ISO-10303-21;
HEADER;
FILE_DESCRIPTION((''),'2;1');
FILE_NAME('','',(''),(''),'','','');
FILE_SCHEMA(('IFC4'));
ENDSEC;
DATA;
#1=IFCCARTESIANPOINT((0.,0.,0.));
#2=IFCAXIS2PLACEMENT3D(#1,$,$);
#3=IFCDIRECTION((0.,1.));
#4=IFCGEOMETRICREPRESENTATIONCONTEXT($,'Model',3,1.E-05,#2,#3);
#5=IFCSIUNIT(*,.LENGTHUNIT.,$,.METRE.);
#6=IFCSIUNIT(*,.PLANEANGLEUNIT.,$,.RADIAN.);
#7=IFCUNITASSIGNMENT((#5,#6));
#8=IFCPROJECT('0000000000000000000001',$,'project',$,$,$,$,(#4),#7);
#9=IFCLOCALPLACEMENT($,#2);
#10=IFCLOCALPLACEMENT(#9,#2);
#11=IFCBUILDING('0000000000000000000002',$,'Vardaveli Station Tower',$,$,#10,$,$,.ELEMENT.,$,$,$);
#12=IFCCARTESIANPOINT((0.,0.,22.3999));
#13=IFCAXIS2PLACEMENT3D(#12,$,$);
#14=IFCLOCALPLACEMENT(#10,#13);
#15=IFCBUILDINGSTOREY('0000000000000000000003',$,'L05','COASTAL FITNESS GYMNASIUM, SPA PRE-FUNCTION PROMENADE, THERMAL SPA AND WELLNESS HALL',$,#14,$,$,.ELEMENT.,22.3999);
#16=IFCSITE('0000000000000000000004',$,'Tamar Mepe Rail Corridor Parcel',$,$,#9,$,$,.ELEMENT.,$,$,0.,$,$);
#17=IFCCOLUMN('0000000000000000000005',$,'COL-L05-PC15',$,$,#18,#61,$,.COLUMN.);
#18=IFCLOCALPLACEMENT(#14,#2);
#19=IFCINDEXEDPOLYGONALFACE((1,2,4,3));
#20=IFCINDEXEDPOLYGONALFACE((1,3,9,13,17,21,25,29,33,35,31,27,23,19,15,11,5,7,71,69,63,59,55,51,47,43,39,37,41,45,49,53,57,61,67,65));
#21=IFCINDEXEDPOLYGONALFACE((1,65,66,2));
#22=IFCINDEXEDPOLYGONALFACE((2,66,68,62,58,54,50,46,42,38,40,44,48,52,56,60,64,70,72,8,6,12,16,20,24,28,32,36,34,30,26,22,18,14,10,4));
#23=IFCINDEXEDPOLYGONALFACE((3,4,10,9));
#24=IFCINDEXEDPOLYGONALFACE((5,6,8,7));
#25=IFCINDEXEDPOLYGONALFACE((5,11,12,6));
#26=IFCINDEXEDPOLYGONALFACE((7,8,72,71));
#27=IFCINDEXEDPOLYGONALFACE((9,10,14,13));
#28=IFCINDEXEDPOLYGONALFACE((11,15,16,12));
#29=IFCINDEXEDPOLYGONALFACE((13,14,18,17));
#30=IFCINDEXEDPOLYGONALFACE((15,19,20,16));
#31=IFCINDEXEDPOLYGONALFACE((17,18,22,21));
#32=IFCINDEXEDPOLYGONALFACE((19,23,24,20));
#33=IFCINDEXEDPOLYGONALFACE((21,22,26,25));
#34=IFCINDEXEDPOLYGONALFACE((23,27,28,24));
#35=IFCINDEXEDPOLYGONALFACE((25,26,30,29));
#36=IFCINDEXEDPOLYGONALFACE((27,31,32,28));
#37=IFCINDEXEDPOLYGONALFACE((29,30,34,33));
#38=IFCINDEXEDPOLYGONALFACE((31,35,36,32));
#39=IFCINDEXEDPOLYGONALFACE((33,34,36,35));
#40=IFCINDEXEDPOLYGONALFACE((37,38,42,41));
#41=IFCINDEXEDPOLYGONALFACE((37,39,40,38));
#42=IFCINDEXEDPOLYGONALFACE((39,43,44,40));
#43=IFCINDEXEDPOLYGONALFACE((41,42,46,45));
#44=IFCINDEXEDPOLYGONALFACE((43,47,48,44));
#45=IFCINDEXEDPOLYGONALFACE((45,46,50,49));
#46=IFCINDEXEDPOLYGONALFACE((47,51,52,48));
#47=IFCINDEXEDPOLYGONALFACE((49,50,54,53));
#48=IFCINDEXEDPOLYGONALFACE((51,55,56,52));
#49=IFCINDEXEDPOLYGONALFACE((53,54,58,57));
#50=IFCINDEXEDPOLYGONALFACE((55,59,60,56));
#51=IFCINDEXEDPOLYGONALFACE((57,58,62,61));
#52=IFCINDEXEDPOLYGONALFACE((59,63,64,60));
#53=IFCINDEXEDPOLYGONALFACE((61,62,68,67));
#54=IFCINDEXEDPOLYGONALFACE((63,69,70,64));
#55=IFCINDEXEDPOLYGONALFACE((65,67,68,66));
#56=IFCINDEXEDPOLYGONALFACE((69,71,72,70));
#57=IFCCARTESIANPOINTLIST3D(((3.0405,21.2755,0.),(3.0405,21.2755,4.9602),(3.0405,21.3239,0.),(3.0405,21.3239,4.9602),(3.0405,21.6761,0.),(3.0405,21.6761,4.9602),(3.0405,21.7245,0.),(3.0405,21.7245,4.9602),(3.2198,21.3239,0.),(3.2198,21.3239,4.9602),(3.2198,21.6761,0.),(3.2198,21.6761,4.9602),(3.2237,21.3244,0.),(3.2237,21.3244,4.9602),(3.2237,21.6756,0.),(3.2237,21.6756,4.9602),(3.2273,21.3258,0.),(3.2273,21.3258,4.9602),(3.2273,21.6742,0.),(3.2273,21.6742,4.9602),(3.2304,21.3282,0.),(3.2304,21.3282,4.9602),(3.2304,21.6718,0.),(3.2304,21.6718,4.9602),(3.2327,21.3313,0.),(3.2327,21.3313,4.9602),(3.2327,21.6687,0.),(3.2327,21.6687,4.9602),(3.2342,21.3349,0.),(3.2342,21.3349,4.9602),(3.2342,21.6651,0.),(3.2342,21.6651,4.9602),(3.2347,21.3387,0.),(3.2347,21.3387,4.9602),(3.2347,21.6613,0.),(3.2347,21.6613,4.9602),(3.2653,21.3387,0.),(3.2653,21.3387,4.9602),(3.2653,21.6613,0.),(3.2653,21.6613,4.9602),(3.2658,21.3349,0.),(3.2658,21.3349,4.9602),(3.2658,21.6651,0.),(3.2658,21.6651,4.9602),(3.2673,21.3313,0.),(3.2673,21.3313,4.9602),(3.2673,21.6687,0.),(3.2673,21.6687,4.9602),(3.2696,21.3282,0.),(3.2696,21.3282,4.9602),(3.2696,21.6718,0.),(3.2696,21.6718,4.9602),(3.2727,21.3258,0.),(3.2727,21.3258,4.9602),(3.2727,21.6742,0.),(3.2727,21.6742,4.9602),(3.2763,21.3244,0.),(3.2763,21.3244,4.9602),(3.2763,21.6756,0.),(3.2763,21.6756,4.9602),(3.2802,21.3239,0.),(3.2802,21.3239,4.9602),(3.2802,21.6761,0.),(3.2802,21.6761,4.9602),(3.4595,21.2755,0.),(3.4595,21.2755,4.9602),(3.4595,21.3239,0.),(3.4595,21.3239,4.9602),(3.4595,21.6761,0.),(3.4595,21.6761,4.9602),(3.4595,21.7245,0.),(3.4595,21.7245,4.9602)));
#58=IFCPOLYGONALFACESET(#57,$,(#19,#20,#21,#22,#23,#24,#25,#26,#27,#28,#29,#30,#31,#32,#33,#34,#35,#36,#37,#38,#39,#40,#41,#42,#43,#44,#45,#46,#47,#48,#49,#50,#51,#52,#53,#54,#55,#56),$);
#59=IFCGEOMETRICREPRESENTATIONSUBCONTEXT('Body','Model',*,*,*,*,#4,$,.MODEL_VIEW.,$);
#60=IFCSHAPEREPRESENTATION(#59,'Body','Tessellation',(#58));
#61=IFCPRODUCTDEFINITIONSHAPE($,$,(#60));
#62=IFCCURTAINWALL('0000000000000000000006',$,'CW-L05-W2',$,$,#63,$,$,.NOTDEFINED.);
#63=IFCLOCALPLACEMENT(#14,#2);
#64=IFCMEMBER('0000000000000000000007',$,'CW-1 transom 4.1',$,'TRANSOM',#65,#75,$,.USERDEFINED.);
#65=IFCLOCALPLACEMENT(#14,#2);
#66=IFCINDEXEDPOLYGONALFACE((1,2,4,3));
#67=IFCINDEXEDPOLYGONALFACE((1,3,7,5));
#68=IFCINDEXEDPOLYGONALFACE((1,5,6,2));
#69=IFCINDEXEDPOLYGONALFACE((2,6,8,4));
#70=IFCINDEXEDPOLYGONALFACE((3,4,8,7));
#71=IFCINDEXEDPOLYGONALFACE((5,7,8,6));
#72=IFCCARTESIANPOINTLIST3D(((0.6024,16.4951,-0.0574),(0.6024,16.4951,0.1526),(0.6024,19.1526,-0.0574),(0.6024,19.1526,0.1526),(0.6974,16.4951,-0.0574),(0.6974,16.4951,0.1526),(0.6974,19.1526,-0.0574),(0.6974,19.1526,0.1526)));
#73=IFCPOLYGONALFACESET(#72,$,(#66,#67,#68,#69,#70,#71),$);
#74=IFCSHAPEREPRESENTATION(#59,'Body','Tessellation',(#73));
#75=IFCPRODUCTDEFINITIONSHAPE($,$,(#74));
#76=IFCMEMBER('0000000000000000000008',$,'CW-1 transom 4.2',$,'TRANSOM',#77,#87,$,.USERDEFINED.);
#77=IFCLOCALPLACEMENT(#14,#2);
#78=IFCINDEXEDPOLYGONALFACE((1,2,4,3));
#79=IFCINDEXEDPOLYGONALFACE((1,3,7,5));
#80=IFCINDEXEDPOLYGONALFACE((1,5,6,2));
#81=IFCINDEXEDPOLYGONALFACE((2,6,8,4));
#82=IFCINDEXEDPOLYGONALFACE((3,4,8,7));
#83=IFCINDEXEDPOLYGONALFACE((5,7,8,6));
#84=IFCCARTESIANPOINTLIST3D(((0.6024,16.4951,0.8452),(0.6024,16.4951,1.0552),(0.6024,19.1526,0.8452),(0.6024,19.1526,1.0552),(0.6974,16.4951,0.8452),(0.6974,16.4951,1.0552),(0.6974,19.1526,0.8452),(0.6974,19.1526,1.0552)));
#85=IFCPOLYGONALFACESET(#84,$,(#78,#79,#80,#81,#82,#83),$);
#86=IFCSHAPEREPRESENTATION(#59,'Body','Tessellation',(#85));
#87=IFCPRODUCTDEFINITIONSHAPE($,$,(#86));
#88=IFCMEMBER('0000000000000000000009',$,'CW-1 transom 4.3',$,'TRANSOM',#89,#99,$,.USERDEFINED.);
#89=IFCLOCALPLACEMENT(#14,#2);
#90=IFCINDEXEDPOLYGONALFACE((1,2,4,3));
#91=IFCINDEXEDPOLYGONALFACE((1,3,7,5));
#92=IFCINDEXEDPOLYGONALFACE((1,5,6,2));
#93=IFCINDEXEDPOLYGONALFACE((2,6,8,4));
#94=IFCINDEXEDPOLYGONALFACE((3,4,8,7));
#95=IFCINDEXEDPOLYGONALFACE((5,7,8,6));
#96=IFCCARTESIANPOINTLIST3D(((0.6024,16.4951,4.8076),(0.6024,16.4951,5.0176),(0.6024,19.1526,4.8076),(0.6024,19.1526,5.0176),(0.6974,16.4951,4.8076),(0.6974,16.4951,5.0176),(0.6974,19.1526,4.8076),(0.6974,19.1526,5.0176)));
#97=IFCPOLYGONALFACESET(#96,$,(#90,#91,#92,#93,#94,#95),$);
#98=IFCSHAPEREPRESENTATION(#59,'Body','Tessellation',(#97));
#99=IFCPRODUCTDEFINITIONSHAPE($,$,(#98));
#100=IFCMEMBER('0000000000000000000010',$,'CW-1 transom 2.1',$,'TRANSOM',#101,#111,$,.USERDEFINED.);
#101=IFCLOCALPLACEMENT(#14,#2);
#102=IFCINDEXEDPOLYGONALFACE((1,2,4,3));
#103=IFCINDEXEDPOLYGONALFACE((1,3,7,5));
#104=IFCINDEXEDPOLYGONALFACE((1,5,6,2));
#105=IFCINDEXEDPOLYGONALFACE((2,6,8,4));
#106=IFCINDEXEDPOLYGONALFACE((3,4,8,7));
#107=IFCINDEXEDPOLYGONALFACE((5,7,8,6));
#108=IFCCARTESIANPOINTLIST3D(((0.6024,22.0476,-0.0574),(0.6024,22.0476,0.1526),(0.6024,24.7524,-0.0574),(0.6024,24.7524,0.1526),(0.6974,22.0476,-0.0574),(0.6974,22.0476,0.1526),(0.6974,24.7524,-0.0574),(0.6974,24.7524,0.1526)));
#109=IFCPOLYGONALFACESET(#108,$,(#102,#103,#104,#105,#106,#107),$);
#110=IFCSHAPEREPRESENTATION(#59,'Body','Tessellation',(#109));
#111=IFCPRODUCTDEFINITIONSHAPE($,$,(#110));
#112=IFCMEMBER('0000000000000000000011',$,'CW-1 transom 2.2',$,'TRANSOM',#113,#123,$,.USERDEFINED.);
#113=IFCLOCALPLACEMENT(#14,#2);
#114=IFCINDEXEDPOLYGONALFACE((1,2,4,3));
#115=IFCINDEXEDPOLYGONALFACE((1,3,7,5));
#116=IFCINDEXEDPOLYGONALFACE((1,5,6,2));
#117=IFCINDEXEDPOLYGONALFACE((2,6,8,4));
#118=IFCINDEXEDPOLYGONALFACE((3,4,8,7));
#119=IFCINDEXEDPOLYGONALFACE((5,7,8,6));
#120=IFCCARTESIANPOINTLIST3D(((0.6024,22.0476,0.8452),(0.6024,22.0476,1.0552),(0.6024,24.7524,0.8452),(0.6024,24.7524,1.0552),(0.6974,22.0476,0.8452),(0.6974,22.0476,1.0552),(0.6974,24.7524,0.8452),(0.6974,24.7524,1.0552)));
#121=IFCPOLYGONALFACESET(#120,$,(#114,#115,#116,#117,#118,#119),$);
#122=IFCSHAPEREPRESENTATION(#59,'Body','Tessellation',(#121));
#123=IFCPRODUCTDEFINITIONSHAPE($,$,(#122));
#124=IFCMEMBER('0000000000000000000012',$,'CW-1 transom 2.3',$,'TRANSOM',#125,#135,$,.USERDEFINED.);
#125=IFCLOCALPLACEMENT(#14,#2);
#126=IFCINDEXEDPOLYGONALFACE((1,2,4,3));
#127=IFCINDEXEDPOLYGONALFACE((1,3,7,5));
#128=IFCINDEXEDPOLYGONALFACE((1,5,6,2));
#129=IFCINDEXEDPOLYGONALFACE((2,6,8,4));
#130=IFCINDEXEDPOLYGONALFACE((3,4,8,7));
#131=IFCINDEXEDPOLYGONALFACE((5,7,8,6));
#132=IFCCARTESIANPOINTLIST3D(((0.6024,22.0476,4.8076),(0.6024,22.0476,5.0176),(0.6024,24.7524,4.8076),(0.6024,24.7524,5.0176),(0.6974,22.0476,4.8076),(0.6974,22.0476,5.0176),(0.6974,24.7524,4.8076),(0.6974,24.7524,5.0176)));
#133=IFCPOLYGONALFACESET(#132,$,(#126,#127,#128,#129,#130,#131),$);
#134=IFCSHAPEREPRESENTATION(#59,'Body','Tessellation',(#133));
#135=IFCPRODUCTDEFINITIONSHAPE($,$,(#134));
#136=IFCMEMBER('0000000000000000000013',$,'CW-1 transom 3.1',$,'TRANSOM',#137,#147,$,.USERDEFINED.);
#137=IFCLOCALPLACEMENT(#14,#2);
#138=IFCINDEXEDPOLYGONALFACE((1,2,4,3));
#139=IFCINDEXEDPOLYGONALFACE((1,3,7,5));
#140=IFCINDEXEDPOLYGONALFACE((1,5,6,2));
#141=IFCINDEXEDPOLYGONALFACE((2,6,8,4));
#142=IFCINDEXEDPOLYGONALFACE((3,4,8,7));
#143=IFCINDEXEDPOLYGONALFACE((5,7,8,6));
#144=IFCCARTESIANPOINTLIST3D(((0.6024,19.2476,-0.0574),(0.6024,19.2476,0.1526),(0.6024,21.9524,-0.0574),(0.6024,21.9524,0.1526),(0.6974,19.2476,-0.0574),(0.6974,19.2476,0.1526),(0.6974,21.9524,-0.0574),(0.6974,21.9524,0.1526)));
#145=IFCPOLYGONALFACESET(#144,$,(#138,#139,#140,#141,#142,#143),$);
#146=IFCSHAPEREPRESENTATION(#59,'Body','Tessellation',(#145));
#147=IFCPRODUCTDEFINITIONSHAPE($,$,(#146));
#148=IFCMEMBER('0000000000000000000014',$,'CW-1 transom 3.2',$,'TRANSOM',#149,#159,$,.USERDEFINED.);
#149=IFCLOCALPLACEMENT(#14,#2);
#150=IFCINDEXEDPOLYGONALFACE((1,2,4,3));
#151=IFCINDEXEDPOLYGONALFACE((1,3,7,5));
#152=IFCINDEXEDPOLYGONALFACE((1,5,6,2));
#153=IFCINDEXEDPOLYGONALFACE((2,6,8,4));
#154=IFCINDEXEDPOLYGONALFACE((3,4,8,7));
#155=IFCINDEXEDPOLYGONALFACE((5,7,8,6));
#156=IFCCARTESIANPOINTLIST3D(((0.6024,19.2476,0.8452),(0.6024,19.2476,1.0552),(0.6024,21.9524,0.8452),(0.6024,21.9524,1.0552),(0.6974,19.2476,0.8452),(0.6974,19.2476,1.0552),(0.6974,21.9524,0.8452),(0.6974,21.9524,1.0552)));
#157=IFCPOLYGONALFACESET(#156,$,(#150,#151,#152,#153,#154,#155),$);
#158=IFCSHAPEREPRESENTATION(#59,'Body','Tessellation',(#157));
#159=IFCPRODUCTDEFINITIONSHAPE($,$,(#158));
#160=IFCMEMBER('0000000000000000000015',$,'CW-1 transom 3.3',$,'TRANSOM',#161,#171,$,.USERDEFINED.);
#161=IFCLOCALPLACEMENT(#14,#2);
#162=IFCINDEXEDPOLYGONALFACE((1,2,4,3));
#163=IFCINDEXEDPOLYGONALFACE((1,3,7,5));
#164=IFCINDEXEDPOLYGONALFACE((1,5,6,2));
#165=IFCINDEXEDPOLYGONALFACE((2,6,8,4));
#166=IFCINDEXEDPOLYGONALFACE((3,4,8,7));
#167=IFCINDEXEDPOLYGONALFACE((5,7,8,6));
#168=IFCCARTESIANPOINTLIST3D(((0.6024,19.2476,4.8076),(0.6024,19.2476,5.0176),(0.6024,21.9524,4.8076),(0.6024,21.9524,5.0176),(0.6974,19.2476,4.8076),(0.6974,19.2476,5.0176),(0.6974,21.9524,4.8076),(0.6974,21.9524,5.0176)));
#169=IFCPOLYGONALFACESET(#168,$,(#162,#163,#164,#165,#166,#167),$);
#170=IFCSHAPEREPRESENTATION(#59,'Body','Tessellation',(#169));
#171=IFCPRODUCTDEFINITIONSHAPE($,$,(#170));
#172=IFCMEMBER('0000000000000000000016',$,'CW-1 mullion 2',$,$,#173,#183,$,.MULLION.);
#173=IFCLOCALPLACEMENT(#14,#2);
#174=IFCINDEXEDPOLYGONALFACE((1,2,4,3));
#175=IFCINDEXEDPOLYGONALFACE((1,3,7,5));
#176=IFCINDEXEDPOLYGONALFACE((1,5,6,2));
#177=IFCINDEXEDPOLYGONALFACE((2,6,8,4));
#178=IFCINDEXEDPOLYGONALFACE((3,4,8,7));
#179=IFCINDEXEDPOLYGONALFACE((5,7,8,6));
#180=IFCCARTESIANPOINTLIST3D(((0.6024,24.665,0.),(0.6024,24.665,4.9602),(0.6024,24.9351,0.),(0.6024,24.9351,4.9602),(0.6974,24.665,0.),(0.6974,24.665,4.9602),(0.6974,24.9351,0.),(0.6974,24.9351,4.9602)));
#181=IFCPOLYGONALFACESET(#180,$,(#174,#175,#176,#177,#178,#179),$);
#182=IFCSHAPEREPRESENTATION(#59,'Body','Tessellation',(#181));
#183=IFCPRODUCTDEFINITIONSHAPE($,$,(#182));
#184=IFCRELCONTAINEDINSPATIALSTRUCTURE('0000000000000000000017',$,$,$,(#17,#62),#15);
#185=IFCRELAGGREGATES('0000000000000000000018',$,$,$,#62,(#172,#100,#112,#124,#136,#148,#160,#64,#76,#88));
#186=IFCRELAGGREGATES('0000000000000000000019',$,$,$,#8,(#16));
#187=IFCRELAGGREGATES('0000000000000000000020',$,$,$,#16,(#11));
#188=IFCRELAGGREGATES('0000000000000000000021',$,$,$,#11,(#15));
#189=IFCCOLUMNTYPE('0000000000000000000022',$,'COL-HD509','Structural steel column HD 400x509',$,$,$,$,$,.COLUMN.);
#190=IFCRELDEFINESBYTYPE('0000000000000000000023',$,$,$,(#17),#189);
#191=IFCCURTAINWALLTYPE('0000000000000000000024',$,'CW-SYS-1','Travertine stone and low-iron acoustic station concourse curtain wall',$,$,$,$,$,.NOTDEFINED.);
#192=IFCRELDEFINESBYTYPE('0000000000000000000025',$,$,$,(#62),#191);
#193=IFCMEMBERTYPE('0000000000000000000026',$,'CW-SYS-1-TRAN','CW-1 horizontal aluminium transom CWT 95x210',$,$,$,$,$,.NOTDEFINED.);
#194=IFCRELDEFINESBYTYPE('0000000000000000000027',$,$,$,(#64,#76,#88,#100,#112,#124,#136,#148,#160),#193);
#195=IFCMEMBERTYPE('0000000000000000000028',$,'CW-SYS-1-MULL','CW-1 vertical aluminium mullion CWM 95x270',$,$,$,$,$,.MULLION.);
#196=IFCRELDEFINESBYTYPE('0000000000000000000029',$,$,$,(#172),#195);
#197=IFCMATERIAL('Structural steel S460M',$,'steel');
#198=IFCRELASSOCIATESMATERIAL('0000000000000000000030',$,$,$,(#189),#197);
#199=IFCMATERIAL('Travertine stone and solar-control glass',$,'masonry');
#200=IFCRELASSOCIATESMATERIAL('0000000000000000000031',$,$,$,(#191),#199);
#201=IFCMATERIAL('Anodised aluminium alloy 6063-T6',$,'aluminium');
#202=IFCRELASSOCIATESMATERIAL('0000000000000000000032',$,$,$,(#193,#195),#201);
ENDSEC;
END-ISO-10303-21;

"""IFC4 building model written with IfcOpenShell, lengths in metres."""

from ifc_helpers import new_model, si_unit, direction, frame, origin, origin_2d, place, context, subcontext, project, spatial, rectangle, i_section, extrude, source, transform, mapped, material, material_profile, profile_set, type_object, element, aggregate, save


model = new_model("IFC4")

# Units and contexts
model_context = context("Model", 3, precision=1e-05, world=origin(), true_north=direction((0.0, 1.0)))
body_context = subcontext(model_context, "Body", "Model", "MODEL_VIEW")
ifc_project = project(units=[si_unit("LENGTHUNIT", "METRE"), si_unit("PLANEANGLEUNIT", "RADIAN")], contexts=[model_context])

# Site, building, storey
site_placement = place(None, origin())
site = spatial("IfcSite", under=ifc_project, at=site_placement, Name="Tamar Mepe Rail Corridor Parcel", CompositionType="ELEMENT", RefElevation=0.0)
building_placement = place(site_placement, origin())
building = spatial("IfcBuilding", under=site, at=building_placement, Name="Vardaveli Station Tower", CompositionType="ELEMENT")
storey_placement = place(building_placement, frame((0.0, 0.0, 22.3999)))
storey = spatial("IfcBuildingStorey", under=building, at=storey_placement, Name="L05", Description="COASTAL FITNESS GYMNASIUM, SPA PRE-FUNCTION PROMENADE, THERMAL SPA AND WELLNESS HALL", CompositionType="ELEMENT", Elevation=22.3999)

# Column
ifc_material_1 = material(Name="Structural steel S460M", Category="steel")
ifc_material_profile_1 = material_profile(ifc_material_1, i_section(OverallWidth=0.4189, OverallDepth=0.449, WebThickness=0.0305, FlangeThickness=0.0483, FilletRadius=0.0149, at=origin_2d()), Name="HD 400x509")
ifc_profile_set_1 = profile_set([ifc_material_profile_1], Name="Structural steel S460M")
column_type = type_object("IfcColumnType", Name="COL-HD509", Description="Structural steel column HD 400x509", PredefinedType="COLUMN", material=ifc_profile_set_1)
shared_shape_1 = source(origin(), body_context, "Body", "SweptSolid", [
    extrude(i_section(OverallWidth=0.4189, OverallDepth=0.449, WebThickness=0.0305, FlangeThickness=0.0483, FilletRadius=0.0149, at=origin_2d()), origin(), (0.0, 0.0, 1.0), 4.9602),
])
column_placement = place(storey_placement, frame((3.25, 21.5, 0.0), z_axis=(0.0, 0.0, 1.0), x_axis=(1.0, 0.0, 0.0)))
element("IfcColumn", 1, at=column_placement, inside=storey, type_object=column_type, Name="COL-L05-PC15", PredefinedType="COLUMN", context=body_context, shape_type="MappedRepresentation", body=[
    mapped(shared_shape_1, transform((0.0, 0.0, 0.0), scale=1.0)),
])

# Curtain wall, members
ifc_material_2 = material(Name="Travertine stone and solar-control glass", Category="masonry")
curtain_wall_type = type_object("IfcCurtainWallType", Name="CW-SYS-1", Description="Travertine stone and low-iron acoustic station concourse curtain wall", PredefinedType="NOTDEFINED", material=ifc_material_2)
curtain_wall_placement = place(storey_placement, origin())
curtain_wall = element("IfcCurtainWall", 2, at=curtain_wall_placement, inside=storey, type_object=curtain_wall_type, Name="CW-L05-W2", PredefinedType="NOTDEFINED")
ifc_material_3 = material(Name="Anodised aluminium alloy 6063-T6", Category="aluminium")
ifc_material_profile_2 = material_profile(ifc_material_3, rectangle(XDim=0.095, YDim=0.21, at=origin_2d()), Name="CWT 95x210")
ifc_profile_set_2 = profile_set([ifc_material_profile_2], Name="Anodised aluminium alloy 6063-T6")
member_type_1 = type_object("IfcMemberType", Name="CW-SYS-1-TRAN", Description="CW-1 horizontal aluminium transom CWT 95x210", PredefinedType="NOTDEFINED", material=ifc_profile_set_2)
shared_shape_2 = source(origin(), body_context, "Body", "SweptSolid", [
    extrude(rectangle(XDim=0.095, YDim=0.21, at=origin_2d()), origin(), (0.0, 0.0, 1.0), 2.6575),
])
member_1_placement = place(storey_placement, frame((0.6499, 19.1526, 0.0476), z_axis=(0.0, -1.0, 0.0), x_axis=(1.0, 0.0, 0.0)))
member_1 = element("IfcMember", 3, at=member_1_placement, type_object=member_type_1, Name="CW-1 transom 4.1", ObjectType="TRANSOM", PredefinedType="USERDEFINED", context=body_context, shape_type="MappedRepresentation", body=[
    mapped(shared_shape_2, transform((0.0, 0.0, 0.0), scale=1.0)),
])
member_2_placement = place(storey_placement, frame((0.6499, 19.1526, 0.9502), z_axis=(0.0, -1.0, 0.0), x_axis=(1.0, 0.0, 0.0)))
member_2 = element("IfcMember", 4, at=member_2_placement, type_object=member_type_1, Name="CW-1 transom 4.2", ObjectType="TRANSOM", PredefinedType="USERDEFINED", context=body_context, shape_type="MappedRepresentation", body=[
    mapped(shared_shape_2, transform((0.0, 0.0, 0.0), scale=1.0)),
])
member_3_placement = place(storey_placement, frame((0.6499, 19.1526, 4.9126), z_axis=(0.0, -1.0, 0.0), x_axis=(1.0, 0.0, 0.0)))
member_3 = element("IfcMember", 5, at=member_3_placement, type_object=member_type_1, Name="CW-1 transom 4.3", ObjectType="TRANSOM", PredefinedType="USERDEFINED", context=body_context, shape_type="MappedRepresentation", body=[
    mapped(shared_shape_2, transform((0.0, 0.0, 0.0), scale=1.0)),
])
shared_shape_3 = source(origin(), body_context, "Body", "SweptSolid", [
    extrude(rectangle(XDim=0.095, YDim=0.21, at=origin_2d()), origin(), (0.0, 0.0, 1.0), 2.7048),
])
member_4_placement = place(storey_placement, frame((0.6499, 24.7524, 0.0476), z_axis=(0.0, -1.0, 0.0), x_axis=(1.0, 0.0, 0.0)))
member_4 = element("IfcMember", 6, at=member_4_placement, type_object=member_type_1, Name="CW-1 transom 2.1", ObjectType="TRANSOM", PredefinedType="USERDEFINED", context=body_context, shape_type="MappedRepresentation", body=[
    mapped(shared_shape_3, transform((0.0, 0.0, 0.0), scale=1.0)),
])
member_5_placement = place(storey_placement, frame((0.6499, 24.7524, 0.9502), z_axis=(0.0, -1.0, 0.0), x_axis=(1.0, 0.0, 0.0)))
member_5 = element("IfcMember", 7, at=member_5_placement, type_object=member_type_1, Name="CW-1 transom 2.2", ObjectType="TRANSOM", PredefinedType="USERDEFINED", context=body_context, shape_type="MappedRepresentation", body=[
    mapped(shared_shape_3, transform((0.0, 0.0, 0.0), scale=1.0)),
])
member_6_placement = place(storey_placement, frame((0.6499, 24.7524, 4.9126), z_axis=(0.0, -1.0, 0.0), x_axis=(1.0, 0.0, 0.0)))
member_6 = element("IfcMember", 8, at=member_6_placement, type_object=member_type_1, Name="CW-1 transom 2.3", ObjectType="TRANSOM", PredefinedType="USERDEFINED", context=body_context, shape_type="MappedRepresentation", body=[
    mapped(shared_shape_3, transform((0.0, 0.0, 0.0), scale=1.0)),
])
member_7_placement = place(storey_placement, frame((0.6499, 21.9524, 0.0476), z_axis=(0.0, -1.0, 0.0), x_axis=(1.0, 0.0, 0.0)))
member_7 = element("IfcMember", 9, at=member_7_placement, type_object=member_type_1, Name="CW-1 transom 3.1", ObjectType="TRANSOM", PredefinedType="USERDEFINED", context=body_context, shape_type="MappedRepresentation", body=[
    mapped(shared_shape_3, transform((0.0, 0.0, 0.0), scale=1.0)),
])
member_8_placement = place(storey_placement, frame((0.6499, 21.9524, 0.9502), z_axis=(0.0, -1.0, 0.0), x_axis=(1.0, 0.0, 0.0)))
member_8 = element("IfcMember", 10, at=member_8_placement, type_object=member_type_1, Name="CW-1 transom 3.2", ObjectType="TRANSOM", PredefinedType="USERDEFINED", context=body_context, shape_type="MappedRepresentation", body=[
    mapped(shared_shape_3, transform((0.0, 0.0, 0.0), scale=1.0)),
])
member_9_placement = place(storey_placement, frame((0.6499, 21.9524, 4.9126), z_axis=(0.0, -1.0, 0.0), x_axis=(1.0, 0.0, 0.0)))
member_9 = element("IfcMember", 11, at=member_9_placement, type_object=member_type_1, Name="CW-1 transom 3.3", ObjectType="TRANSOM", PredefinedType="USERDEFINED", context=body_context, shape_type="MappedRepresentation", body=[
    mapped(shared_shape_3, transform((0.0, 0.0, 0.0), scale=1.0)),
])
ifc_material_profile_3 = material_profile(ifc_material_3, rectangle(XDim=0.095, YDim=0.27, at=origin_2d()), Name="CWM 95x270")
ifc_profile_set_3 = profile_set([ifc_material_profile_3], Name="Anodised aluminium alloy 6063-T6")
member_type_2 = type_object("IfcMemberType", Name="CW-SYS-1-MULL", Description="CW-1 vertical aluminium mullion CWM 95x270", PredefinedType="MULLION", material=ifc_profile_set_3)
shared_shape_4 = source(origin(), body_context, "Body", "SweptSolid", [
    extrude(rectangle(XDim=0.095, YDim=0.27, at=origin_2d()), origin(), (0.0, 0.0, 1.0), 4.9602),
])
member_10_placement = place(storey_placement, frame((0.6499, 24.8, 0.0), z_axis=(0.0, 0.0, 1.0), x_axis=(1.0, 0.0, 0.0)))
member_10 = element("IfcMember", 12, at=member_10_placement, type_object=member_type_2, Name="CW-1 mullion 2", PredefinedType="MULLION", context=body_context, shape_type="MappedRepresentation", body=[
    mapped(shared_shape_4, transform((0.0, 0.0, 0.0), scale=1.0)),
])
aggregate(curtain_wall, [member_10, member_4, member_5, member_6, member_7, member_8, member_9, member_1, member_2, member_3])

save(model, "model.ifc")
